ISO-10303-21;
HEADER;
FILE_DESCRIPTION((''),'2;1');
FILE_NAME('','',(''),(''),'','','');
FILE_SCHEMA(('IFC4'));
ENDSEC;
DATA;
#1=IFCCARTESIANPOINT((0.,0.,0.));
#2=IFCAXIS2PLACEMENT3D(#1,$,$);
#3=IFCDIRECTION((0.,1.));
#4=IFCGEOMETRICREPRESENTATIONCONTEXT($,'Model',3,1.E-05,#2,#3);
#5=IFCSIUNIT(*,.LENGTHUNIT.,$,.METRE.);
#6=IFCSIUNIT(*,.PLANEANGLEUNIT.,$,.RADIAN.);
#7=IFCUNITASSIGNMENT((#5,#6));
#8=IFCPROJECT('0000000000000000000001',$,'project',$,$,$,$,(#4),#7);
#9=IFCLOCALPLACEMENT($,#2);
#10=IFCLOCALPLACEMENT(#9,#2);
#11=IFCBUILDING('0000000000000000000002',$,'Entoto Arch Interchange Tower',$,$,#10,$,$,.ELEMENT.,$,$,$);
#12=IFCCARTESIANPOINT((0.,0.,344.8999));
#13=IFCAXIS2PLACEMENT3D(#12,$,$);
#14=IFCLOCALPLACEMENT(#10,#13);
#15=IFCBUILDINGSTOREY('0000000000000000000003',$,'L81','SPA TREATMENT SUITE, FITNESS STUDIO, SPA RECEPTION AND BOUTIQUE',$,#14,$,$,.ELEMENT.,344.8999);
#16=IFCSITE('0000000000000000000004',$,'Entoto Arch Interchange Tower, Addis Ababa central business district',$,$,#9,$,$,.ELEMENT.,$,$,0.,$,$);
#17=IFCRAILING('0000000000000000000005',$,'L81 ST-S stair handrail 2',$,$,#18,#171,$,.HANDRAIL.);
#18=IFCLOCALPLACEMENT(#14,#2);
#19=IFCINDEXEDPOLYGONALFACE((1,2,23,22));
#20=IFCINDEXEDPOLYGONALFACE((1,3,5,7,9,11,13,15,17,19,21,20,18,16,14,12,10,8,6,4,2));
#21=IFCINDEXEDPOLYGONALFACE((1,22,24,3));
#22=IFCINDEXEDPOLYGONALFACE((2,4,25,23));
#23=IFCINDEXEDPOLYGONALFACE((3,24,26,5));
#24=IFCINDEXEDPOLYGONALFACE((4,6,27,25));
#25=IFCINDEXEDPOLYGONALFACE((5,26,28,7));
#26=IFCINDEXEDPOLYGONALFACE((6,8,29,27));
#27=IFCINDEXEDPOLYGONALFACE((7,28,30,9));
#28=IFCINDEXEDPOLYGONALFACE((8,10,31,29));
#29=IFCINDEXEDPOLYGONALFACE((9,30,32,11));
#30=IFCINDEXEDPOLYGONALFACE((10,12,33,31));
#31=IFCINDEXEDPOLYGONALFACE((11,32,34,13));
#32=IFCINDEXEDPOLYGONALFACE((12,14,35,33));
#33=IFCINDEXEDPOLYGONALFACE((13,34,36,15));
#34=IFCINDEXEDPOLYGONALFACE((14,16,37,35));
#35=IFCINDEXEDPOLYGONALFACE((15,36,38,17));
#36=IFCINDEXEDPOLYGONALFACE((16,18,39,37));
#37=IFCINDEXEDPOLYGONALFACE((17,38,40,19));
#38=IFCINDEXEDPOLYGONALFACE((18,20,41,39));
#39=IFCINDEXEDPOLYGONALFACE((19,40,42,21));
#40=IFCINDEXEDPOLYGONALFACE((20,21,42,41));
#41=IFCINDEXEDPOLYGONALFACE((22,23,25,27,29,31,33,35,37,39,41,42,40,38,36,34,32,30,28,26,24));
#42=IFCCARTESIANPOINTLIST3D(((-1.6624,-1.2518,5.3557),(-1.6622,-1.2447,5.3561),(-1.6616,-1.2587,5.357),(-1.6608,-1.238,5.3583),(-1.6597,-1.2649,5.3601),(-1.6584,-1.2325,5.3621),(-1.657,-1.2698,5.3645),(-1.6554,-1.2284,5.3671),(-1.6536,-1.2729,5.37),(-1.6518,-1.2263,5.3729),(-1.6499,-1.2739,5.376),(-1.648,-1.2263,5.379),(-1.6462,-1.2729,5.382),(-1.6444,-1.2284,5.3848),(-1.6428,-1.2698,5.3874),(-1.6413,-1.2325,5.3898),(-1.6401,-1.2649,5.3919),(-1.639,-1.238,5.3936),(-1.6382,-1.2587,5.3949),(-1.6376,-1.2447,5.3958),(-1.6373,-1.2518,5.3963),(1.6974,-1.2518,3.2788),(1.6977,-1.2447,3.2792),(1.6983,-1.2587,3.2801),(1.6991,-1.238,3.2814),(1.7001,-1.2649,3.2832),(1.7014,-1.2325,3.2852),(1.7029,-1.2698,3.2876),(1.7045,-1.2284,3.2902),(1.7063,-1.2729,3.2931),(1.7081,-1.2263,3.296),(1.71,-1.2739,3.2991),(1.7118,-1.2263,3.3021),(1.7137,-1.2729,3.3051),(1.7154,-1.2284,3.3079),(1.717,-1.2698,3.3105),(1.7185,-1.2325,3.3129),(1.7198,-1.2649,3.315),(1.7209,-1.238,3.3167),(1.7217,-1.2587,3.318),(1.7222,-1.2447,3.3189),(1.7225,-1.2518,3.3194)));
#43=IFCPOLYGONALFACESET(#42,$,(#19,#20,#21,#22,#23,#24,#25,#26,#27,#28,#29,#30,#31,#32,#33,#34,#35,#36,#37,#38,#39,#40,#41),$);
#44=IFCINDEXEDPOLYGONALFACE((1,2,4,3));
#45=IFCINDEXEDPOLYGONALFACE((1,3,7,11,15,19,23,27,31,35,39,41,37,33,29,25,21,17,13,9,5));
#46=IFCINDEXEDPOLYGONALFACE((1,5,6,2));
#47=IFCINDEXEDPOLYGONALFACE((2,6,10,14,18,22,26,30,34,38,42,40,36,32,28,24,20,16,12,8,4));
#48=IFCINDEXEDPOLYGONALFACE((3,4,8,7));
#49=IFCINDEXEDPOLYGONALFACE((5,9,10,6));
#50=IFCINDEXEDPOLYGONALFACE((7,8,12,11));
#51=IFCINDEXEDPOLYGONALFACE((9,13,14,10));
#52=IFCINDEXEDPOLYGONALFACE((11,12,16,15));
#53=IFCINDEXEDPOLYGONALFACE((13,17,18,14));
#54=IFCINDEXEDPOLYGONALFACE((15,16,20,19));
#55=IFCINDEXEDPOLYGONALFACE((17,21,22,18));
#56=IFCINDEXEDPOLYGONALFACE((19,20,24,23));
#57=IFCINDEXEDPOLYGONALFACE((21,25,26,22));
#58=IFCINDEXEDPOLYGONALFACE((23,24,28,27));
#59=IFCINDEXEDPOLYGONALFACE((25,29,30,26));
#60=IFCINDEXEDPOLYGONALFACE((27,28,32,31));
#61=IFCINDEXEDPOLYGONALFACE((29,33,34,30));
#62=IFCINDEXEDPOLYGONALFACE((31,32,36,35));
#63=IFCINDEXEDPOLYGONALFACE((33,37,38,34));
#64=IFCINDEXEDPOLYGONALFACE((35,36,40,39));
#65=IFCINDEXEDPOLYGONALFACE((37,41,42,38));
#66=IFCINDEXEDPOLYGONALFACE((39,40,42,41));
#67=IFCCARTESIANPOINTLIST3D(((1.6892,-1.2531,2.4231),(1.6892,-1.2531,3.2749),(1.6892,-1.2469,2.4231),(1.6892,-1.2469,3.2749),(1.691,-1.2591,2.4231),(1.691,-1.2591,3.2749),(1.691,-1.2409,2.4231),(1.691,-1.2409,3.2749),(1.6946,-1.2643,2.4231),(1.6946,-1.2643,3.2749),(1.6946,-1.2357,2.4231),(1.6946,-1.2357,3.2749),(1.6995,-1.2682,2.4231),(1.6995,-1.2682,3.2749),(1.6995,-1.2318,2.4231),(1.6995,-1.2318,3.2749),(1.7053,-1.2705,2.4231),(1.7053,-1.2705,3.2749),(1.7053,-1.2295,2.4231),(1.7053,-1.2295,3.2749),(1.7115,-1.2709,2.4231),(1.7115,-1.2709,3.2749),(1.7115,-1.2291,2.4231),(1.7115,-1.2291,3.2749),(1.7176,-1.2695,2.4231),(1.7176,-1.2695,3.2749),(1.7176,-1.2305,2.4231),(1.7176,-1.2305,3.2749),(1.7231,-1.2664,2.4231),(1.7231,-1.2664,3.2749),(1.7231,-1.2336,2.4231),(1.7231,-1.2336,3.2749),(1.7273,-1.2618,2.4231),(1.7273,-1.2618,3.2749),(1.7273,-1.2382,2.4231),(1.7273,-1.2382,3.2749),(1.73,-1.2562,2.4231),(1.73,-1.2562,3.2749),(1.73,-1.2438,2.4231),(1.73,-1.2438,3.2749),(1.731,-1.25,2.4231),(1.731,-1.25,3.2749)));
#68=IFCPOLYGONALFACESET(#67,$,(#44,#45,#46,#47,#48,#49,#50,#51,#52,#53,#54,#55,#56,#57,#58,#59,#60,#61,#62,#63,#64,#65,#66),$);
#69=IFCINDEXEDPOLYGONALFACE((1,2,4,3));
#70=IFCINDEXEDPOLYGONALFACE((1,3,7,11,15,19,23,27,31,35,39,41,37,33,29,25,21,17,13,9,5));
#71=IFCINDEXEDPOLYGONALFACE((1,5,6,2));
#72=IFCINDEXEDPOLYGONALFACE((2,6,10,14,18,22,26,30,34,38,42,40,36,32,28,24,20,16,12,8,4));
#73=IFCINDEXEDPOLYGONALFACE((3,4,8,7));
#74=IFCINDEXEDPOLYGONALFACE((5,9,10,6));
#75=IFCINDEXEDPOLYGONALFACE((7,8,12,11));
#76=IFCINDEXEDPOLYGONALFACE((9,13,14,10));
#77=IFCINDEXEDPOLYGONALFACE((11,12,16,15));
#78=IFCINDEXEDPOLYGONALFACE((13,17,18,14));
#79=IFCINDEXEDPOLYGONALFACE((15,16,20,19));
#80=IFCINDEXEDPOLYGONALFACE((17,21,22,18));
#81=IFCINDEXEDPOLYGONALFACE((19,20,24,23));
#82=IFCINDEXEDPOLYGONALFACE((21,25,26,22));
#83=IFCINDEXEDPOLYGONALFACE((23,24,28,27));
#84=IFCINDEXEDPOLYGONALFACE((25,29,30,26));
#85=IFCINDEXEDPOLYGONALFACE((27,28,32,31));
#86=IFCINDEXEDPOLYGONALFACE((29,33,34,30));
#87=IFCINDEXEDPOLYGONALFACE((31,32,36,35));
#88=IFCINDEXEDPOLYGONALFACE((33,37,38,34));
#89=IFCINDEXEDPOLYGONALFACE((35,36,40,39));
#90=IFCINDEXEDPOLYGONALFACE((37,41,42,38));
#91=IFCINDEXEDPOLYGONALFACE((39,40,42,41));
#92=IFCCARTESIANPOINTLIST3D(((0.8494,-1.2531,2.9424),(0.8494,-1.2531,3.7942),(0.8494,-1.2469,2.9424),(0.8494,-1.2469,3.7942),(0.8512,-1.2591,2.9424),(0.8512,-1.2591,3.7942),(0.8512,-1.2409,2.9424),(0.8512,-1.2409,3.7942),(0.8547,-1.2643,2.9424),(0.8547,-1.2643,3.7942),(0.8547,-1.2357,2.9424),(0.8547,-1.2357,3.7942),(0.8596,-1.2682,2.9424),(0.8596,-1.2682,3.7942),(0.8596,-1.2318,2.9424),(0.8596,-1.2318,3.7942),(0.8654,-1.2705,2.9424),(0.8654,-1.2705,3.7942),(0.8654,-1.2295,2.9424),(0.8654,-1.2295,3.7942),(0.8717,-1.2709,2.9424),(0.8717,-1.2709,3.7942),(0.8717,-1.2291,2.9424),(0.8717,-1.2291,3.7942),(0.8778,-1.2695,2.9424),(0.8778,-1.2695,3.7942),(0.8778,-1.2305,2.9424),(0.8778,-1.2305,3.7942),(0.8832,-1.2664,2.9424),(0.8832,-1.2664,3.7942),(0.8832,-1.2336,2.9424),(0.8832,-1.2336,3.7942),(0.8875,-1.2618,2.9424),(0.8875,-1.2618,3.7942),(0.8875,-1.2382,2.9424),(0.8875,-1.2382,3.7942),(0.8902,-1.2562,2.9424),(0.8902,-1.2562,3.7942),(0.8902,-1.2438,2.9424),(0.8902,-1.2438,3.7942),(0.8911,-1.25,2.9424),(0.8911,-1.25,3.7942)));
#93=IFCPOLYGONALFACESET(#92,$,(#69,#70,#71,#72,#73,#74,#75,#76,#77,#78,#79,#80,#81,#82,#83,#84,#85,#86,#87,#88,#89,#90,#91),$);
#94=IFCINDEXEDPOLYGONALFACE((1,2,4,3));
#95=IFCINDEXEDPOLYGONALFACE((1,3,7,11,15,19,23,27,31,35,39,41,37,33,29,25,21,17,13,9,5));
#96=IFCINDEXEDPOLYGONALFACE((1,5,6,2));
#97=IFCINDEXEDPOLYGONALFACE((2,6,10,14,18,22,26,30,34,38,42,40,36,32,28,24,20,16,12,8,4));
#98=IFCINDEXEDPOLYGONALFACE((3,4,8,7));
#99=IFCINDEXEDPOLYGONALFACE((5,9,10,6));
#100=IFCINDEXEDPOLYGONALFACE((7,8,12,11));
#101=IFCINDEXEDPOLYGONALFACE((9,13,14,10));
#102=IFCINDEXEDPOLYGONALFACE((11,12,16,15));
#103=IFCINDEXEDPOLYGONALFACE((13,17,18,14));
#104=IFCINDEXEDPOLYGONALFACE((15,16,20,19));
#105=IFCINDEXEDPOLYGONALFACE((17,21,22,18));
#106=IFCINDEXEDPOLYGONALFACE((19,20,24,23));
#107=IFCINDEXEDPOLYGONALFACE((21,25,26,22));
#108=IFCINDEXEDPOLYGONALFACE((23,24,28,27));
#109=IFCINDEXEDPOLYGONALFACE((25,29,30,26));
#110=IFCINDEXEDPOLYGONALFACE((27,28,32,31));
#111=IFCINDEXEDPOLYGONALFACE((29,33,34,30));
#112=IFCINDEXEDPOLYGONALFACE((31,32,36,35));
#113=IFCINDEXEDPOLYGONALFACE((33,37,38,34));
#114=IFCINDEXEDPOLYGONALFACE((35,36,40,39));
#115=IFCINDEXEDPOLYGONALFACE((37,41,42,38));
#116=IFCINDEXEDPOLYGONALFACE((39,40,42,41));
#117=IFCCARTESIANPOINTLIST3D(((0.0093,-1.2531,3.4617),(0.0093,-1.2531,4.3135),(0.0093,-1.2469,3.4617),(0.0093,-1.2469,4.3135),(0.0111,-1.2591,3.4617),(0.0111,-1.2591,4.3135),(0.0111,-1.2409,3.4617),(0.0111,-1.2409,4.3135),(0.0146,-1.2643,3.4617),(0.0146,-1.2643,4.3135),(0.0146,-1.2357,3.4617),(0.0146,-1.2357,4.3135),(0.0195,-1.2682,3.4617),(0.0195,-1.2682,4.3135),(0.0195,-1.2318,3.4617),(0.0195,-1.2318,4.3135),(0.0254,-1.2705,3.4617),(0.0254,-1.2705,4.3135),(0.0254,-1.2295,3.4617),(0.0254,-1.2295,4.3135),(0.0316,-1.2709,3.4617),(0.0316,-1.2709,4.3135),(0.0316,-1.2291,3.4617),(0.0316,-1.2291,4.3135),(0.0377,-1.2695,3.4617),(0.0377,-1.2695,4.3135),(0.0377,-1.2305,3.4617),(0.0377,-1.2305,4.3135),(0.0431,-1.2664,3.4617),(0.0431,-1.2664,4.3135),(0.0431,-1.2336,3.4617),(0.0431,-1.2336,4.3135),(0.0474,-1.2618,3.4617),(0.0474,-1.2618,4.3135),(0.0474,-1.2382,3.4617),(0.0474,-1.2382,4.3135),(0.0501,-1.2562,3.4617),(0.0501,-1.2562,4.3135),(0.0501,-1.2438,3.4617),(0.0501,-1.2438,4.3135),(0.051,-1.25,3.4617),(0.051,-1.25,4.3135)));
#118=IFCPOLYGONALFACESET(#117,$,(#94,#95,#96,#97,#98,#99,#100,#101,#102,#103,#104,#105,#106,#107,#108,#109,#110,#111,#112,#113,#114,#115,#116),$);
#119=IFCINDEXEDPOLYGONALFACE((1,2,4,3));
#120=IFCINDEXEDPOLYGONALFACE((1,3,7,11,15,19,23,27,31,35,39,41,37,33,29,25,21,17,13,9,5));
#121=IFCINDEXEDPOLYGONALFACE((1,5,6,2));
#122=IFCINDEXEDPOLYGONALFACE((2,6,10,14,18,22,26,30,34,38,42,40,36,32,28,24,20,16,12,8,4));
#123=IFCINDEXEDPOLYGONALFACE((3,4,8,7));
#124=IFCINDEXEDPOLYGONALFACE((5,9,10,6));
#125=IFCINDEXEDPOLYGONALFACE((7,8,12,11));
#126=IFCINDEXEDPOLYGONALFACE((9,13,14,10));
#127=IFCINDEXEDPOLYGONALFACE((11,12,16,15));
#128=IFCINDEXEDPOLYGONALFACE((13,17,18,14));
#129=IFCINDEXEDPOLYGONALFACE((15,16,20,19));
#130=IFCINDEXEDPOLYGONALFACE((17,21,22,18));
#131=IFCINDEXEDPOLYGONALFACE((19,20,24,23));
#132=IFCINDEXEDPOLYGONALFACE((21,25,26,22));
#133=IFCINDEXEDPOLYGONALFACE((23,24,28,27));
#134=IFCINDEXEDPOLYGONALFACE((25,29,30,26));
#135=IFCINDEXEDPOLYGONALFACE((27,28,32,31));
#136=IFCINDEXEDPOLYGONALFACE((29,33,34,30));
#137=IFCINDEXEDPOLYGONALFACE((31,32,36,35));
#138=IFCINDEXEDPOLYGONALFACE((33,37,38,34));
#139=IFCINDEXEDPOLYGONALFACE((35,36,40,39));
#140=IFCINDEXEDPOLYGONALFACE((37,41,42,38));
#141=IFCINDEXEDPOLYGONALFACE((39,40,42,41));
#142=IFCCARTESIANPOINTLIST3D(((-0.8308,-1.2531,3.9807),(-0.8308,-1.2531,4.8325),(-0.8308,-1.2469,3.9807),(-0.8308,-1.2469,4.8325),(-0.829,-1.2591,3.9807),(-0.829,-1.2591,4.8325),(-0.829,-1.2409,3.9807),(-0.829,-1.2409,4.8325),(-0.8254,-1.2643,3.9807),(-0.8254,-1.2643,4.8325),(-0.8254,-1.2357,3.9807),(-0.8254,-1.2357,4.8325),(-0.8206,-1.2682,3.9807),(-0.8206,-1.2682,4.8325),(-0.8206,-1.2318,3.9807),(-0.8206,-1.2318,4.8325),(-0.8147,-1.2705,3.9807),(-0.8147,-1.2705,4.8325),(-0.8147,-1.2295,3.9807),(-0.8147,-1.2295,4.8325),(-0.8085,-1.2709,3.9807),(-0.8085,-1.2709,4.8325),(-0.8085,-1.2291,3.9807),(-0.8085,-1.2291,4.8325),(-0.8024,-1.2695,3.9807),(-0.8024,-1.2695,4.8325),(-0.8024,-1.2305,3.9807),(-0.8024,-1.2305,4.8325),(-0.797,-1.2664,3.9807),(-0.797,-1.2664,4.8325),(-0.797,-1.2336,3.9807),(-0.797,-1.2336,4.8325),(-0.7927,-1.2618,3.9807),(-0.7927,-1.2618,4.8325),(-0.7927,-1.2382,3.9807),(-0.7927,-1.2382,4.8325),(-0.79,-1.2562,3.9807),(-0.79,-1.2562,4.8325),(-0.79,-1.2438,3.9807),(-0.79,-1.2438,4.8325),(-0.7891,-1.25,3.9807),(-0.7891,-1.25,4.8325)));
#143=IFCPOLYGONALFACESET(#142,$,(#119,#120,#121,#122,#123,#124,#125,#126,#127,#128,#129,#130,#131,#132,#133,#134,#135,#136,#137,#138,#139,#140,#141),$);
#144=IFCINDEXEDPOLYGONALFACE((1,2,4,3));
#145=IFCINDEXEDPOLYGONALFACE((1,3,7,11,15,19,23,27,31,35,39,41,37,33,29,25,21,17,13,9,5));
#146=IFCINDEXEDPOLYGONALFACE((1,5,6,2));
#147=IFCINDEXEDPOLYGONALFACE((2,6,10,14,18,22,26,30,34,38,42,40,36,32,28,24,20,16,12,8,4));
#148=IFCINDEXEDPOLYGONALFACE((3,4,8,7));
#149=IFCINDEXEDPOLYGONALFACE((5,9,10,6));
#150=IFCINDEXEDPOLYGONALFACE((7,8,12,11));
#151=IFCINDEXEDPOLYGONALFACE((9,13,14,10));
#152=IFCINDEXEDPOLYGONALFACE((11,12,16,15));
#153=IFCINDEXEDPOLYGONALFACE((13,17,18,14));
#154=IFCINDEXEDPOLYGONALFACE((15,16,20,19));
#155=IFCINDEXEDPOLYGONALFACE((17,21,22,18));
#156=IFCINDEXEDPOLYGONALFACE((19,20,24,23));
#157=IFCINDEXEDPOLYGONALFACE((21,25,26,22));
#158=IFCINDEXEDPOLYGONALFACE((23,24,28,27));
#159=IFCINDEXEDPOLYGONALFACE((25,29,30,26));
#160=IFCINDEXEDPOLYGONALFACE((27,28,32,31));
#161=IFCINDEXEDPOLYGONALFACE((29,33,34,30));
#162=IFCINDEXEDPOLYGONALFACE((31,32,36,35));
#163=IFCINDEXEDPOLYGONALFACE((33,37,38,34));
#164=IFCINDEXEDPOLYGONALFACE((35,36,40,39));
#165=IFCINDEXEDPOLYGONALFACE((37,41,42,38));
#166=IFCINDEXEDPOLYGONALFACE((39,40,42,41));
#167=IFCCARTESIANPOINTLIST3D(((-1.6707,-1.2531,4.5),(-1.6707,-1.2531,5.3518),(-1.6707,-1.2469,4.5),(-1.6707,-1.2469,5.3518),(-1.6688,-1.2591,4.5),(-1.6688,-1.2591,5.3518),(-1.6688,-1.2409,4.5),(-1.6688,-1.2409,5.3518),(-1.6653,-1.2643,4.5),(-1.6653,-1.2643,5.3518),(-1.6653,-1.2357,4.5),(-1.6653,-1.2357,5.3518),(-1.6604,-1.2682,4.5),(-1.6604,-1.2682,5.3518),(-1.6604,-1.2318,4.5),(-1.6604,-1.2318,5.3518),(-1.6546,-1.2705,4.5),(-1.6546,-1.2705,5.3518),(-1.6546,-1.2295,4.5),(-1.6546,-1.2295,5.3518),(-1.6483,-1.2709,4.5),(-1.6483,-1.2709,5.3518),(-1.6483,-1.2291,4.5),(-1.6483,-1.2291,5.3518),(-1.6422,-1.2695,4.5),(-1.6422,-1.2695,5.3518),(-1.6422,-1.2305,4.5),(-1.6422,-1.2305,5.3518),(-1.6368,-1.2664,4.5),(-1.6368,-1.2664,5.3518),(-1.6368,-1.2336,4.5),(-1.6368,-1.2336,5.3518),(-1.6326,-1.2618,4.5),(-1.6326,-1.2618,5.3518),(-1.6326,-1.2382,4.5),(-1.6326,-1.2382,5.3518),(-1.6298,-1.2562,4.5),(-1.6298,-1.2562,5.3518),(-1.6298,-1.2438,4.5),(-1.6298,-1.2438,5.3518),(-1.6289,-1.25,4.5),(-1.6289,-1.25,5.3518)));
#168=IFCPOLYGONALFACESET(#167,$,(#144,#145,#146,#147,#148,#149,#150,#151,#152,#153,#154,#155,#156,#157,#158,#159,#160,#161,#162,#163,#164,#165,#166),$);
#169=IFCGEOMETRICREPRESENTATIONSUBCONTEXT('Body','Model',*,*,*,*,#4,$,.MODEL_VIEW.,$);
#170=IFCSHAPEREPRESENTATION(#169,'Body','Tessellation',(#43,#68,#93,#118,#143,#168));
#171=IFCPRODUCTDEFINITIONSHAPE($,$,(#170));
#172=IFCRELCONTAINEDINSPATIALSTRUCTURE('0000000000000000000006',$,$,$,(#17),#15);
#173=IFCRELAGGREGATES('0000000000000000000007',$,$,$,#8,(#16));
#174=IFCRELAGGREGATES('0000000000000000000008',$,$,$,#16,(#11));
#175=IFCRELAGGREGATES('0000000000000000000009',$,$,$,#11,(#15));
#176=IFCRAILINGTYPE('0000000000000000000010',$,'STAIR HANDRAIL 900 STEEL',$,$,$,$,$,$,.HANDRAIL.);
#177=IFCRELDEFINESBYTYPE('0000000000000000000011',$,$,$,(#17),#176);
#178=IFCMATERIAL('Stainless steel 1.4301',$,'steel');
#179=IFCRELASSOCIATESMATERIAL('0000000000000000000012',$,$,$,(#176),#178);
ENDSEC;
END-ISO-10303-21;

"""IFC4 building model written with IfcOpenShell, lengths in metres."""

from ifc_helpers import new_model, si_unit, direction, frame, origin, origin_2d, place, context, subcontext, project, spatial, circle, extrude, material, type_object, element, save


model = new_model("IFC4")

# Units and contexts
model_context = context("Model", 3, precision=1e-05, world=origin(), true_north=direction((0.0, 1.0)))
body_context = subcontext(model_context, "Body", "Model", "MODEL_VIEW")
ifc_project = project(units=[si_unit("LENGTHUNIT", "METRE"), si_unit("PLANEANGLEUNIT", "RADIAN")], contexts=[model_context])

# Site, building, storey
site_placement = place(None, origin())
site = spatial("IfcSite", under=ifc_project, at=site_placement, Name="Entoto Arch Interchange Tower, Addis Ababa central business district", CompositionType="ELEMENT", RefElevation=0.0)
building_placement = place(site_placement, origin())
building = spatial("IfcBuilding", under=site, at=building_placement, Name="Entoto Arch Interchange Tower", CompositionType="ELEMENT")
storey_placement = place(building_placement, frame((0.0, 0.0, 344.8999)))
storey = spatial("IfcBuildingStorey", under=building, at=storey_placement, Name="L81", Description="SPA TREATMENT SUITE, FITNESS STUDIO, SPA RECEPTION AND BOUTIQUE", CompositionType="ELEMENT", Elevation=344.8999)

# Railing
ifc_material_1 = material(Name="Stainless steel 1.4301", Category="steel")
railing_type_1 = type_object("IfcRailingType", Name="STAIR HANDRAIL 900 STEEL", PredefinedType="HANDRAIL", material=ifc_material_1)
railing_1_placement = place(storey_placement, frame((1.71, -1.25, 2.4231)))
element("IfcRailing", 1, at=railing_1_placement, inside=storey, type_object=railing_type_1, Name="L81 ST-S stair handrail 2", PredefinedType="HANDRAIL", context=body_context, shape_type="SweptSolid", body=[
    extrude(circle(Radius=0.0239, at=origin_2d()), frame((0.0, 0.0, 0.876), z_axis=(-0.850606, 0.0, 0.525803), x_axis=(0.0, -1.0, 0.0)), (0.0, 0.0, 1.0), 3.95),
    extrude(circle(Radius=0.021, at=origin_2d()), origin(), (0.0, 0.0, 1.0), 0.8518),
    extrude(circle(Radius=0.021, at=origin_2d()), frame((-0.8398, 0.0, 0.5193)), (0.0, 0.0, 1.0), 0.8518),
    extrude(circle(Radius=0.021, at=origin_2d()), frame((-1.6799, 0.0, 1.0386)), (0.0, 0.0, 1.0), 0.8518),
    extrude(circle(Radius=0.021, at=origin_2d()), frame((-2.52, 0.0, 1.5576)), (0.0, 0.0, 1.0), 0.8518),
    extrude(circle(Radius=0.021, at=origin_2d()), frame((-3.3599, 0.0, 2.0769)), (0.0, 0.0, 1.0), 0.8518),
])

save(model, "model.ifc")
